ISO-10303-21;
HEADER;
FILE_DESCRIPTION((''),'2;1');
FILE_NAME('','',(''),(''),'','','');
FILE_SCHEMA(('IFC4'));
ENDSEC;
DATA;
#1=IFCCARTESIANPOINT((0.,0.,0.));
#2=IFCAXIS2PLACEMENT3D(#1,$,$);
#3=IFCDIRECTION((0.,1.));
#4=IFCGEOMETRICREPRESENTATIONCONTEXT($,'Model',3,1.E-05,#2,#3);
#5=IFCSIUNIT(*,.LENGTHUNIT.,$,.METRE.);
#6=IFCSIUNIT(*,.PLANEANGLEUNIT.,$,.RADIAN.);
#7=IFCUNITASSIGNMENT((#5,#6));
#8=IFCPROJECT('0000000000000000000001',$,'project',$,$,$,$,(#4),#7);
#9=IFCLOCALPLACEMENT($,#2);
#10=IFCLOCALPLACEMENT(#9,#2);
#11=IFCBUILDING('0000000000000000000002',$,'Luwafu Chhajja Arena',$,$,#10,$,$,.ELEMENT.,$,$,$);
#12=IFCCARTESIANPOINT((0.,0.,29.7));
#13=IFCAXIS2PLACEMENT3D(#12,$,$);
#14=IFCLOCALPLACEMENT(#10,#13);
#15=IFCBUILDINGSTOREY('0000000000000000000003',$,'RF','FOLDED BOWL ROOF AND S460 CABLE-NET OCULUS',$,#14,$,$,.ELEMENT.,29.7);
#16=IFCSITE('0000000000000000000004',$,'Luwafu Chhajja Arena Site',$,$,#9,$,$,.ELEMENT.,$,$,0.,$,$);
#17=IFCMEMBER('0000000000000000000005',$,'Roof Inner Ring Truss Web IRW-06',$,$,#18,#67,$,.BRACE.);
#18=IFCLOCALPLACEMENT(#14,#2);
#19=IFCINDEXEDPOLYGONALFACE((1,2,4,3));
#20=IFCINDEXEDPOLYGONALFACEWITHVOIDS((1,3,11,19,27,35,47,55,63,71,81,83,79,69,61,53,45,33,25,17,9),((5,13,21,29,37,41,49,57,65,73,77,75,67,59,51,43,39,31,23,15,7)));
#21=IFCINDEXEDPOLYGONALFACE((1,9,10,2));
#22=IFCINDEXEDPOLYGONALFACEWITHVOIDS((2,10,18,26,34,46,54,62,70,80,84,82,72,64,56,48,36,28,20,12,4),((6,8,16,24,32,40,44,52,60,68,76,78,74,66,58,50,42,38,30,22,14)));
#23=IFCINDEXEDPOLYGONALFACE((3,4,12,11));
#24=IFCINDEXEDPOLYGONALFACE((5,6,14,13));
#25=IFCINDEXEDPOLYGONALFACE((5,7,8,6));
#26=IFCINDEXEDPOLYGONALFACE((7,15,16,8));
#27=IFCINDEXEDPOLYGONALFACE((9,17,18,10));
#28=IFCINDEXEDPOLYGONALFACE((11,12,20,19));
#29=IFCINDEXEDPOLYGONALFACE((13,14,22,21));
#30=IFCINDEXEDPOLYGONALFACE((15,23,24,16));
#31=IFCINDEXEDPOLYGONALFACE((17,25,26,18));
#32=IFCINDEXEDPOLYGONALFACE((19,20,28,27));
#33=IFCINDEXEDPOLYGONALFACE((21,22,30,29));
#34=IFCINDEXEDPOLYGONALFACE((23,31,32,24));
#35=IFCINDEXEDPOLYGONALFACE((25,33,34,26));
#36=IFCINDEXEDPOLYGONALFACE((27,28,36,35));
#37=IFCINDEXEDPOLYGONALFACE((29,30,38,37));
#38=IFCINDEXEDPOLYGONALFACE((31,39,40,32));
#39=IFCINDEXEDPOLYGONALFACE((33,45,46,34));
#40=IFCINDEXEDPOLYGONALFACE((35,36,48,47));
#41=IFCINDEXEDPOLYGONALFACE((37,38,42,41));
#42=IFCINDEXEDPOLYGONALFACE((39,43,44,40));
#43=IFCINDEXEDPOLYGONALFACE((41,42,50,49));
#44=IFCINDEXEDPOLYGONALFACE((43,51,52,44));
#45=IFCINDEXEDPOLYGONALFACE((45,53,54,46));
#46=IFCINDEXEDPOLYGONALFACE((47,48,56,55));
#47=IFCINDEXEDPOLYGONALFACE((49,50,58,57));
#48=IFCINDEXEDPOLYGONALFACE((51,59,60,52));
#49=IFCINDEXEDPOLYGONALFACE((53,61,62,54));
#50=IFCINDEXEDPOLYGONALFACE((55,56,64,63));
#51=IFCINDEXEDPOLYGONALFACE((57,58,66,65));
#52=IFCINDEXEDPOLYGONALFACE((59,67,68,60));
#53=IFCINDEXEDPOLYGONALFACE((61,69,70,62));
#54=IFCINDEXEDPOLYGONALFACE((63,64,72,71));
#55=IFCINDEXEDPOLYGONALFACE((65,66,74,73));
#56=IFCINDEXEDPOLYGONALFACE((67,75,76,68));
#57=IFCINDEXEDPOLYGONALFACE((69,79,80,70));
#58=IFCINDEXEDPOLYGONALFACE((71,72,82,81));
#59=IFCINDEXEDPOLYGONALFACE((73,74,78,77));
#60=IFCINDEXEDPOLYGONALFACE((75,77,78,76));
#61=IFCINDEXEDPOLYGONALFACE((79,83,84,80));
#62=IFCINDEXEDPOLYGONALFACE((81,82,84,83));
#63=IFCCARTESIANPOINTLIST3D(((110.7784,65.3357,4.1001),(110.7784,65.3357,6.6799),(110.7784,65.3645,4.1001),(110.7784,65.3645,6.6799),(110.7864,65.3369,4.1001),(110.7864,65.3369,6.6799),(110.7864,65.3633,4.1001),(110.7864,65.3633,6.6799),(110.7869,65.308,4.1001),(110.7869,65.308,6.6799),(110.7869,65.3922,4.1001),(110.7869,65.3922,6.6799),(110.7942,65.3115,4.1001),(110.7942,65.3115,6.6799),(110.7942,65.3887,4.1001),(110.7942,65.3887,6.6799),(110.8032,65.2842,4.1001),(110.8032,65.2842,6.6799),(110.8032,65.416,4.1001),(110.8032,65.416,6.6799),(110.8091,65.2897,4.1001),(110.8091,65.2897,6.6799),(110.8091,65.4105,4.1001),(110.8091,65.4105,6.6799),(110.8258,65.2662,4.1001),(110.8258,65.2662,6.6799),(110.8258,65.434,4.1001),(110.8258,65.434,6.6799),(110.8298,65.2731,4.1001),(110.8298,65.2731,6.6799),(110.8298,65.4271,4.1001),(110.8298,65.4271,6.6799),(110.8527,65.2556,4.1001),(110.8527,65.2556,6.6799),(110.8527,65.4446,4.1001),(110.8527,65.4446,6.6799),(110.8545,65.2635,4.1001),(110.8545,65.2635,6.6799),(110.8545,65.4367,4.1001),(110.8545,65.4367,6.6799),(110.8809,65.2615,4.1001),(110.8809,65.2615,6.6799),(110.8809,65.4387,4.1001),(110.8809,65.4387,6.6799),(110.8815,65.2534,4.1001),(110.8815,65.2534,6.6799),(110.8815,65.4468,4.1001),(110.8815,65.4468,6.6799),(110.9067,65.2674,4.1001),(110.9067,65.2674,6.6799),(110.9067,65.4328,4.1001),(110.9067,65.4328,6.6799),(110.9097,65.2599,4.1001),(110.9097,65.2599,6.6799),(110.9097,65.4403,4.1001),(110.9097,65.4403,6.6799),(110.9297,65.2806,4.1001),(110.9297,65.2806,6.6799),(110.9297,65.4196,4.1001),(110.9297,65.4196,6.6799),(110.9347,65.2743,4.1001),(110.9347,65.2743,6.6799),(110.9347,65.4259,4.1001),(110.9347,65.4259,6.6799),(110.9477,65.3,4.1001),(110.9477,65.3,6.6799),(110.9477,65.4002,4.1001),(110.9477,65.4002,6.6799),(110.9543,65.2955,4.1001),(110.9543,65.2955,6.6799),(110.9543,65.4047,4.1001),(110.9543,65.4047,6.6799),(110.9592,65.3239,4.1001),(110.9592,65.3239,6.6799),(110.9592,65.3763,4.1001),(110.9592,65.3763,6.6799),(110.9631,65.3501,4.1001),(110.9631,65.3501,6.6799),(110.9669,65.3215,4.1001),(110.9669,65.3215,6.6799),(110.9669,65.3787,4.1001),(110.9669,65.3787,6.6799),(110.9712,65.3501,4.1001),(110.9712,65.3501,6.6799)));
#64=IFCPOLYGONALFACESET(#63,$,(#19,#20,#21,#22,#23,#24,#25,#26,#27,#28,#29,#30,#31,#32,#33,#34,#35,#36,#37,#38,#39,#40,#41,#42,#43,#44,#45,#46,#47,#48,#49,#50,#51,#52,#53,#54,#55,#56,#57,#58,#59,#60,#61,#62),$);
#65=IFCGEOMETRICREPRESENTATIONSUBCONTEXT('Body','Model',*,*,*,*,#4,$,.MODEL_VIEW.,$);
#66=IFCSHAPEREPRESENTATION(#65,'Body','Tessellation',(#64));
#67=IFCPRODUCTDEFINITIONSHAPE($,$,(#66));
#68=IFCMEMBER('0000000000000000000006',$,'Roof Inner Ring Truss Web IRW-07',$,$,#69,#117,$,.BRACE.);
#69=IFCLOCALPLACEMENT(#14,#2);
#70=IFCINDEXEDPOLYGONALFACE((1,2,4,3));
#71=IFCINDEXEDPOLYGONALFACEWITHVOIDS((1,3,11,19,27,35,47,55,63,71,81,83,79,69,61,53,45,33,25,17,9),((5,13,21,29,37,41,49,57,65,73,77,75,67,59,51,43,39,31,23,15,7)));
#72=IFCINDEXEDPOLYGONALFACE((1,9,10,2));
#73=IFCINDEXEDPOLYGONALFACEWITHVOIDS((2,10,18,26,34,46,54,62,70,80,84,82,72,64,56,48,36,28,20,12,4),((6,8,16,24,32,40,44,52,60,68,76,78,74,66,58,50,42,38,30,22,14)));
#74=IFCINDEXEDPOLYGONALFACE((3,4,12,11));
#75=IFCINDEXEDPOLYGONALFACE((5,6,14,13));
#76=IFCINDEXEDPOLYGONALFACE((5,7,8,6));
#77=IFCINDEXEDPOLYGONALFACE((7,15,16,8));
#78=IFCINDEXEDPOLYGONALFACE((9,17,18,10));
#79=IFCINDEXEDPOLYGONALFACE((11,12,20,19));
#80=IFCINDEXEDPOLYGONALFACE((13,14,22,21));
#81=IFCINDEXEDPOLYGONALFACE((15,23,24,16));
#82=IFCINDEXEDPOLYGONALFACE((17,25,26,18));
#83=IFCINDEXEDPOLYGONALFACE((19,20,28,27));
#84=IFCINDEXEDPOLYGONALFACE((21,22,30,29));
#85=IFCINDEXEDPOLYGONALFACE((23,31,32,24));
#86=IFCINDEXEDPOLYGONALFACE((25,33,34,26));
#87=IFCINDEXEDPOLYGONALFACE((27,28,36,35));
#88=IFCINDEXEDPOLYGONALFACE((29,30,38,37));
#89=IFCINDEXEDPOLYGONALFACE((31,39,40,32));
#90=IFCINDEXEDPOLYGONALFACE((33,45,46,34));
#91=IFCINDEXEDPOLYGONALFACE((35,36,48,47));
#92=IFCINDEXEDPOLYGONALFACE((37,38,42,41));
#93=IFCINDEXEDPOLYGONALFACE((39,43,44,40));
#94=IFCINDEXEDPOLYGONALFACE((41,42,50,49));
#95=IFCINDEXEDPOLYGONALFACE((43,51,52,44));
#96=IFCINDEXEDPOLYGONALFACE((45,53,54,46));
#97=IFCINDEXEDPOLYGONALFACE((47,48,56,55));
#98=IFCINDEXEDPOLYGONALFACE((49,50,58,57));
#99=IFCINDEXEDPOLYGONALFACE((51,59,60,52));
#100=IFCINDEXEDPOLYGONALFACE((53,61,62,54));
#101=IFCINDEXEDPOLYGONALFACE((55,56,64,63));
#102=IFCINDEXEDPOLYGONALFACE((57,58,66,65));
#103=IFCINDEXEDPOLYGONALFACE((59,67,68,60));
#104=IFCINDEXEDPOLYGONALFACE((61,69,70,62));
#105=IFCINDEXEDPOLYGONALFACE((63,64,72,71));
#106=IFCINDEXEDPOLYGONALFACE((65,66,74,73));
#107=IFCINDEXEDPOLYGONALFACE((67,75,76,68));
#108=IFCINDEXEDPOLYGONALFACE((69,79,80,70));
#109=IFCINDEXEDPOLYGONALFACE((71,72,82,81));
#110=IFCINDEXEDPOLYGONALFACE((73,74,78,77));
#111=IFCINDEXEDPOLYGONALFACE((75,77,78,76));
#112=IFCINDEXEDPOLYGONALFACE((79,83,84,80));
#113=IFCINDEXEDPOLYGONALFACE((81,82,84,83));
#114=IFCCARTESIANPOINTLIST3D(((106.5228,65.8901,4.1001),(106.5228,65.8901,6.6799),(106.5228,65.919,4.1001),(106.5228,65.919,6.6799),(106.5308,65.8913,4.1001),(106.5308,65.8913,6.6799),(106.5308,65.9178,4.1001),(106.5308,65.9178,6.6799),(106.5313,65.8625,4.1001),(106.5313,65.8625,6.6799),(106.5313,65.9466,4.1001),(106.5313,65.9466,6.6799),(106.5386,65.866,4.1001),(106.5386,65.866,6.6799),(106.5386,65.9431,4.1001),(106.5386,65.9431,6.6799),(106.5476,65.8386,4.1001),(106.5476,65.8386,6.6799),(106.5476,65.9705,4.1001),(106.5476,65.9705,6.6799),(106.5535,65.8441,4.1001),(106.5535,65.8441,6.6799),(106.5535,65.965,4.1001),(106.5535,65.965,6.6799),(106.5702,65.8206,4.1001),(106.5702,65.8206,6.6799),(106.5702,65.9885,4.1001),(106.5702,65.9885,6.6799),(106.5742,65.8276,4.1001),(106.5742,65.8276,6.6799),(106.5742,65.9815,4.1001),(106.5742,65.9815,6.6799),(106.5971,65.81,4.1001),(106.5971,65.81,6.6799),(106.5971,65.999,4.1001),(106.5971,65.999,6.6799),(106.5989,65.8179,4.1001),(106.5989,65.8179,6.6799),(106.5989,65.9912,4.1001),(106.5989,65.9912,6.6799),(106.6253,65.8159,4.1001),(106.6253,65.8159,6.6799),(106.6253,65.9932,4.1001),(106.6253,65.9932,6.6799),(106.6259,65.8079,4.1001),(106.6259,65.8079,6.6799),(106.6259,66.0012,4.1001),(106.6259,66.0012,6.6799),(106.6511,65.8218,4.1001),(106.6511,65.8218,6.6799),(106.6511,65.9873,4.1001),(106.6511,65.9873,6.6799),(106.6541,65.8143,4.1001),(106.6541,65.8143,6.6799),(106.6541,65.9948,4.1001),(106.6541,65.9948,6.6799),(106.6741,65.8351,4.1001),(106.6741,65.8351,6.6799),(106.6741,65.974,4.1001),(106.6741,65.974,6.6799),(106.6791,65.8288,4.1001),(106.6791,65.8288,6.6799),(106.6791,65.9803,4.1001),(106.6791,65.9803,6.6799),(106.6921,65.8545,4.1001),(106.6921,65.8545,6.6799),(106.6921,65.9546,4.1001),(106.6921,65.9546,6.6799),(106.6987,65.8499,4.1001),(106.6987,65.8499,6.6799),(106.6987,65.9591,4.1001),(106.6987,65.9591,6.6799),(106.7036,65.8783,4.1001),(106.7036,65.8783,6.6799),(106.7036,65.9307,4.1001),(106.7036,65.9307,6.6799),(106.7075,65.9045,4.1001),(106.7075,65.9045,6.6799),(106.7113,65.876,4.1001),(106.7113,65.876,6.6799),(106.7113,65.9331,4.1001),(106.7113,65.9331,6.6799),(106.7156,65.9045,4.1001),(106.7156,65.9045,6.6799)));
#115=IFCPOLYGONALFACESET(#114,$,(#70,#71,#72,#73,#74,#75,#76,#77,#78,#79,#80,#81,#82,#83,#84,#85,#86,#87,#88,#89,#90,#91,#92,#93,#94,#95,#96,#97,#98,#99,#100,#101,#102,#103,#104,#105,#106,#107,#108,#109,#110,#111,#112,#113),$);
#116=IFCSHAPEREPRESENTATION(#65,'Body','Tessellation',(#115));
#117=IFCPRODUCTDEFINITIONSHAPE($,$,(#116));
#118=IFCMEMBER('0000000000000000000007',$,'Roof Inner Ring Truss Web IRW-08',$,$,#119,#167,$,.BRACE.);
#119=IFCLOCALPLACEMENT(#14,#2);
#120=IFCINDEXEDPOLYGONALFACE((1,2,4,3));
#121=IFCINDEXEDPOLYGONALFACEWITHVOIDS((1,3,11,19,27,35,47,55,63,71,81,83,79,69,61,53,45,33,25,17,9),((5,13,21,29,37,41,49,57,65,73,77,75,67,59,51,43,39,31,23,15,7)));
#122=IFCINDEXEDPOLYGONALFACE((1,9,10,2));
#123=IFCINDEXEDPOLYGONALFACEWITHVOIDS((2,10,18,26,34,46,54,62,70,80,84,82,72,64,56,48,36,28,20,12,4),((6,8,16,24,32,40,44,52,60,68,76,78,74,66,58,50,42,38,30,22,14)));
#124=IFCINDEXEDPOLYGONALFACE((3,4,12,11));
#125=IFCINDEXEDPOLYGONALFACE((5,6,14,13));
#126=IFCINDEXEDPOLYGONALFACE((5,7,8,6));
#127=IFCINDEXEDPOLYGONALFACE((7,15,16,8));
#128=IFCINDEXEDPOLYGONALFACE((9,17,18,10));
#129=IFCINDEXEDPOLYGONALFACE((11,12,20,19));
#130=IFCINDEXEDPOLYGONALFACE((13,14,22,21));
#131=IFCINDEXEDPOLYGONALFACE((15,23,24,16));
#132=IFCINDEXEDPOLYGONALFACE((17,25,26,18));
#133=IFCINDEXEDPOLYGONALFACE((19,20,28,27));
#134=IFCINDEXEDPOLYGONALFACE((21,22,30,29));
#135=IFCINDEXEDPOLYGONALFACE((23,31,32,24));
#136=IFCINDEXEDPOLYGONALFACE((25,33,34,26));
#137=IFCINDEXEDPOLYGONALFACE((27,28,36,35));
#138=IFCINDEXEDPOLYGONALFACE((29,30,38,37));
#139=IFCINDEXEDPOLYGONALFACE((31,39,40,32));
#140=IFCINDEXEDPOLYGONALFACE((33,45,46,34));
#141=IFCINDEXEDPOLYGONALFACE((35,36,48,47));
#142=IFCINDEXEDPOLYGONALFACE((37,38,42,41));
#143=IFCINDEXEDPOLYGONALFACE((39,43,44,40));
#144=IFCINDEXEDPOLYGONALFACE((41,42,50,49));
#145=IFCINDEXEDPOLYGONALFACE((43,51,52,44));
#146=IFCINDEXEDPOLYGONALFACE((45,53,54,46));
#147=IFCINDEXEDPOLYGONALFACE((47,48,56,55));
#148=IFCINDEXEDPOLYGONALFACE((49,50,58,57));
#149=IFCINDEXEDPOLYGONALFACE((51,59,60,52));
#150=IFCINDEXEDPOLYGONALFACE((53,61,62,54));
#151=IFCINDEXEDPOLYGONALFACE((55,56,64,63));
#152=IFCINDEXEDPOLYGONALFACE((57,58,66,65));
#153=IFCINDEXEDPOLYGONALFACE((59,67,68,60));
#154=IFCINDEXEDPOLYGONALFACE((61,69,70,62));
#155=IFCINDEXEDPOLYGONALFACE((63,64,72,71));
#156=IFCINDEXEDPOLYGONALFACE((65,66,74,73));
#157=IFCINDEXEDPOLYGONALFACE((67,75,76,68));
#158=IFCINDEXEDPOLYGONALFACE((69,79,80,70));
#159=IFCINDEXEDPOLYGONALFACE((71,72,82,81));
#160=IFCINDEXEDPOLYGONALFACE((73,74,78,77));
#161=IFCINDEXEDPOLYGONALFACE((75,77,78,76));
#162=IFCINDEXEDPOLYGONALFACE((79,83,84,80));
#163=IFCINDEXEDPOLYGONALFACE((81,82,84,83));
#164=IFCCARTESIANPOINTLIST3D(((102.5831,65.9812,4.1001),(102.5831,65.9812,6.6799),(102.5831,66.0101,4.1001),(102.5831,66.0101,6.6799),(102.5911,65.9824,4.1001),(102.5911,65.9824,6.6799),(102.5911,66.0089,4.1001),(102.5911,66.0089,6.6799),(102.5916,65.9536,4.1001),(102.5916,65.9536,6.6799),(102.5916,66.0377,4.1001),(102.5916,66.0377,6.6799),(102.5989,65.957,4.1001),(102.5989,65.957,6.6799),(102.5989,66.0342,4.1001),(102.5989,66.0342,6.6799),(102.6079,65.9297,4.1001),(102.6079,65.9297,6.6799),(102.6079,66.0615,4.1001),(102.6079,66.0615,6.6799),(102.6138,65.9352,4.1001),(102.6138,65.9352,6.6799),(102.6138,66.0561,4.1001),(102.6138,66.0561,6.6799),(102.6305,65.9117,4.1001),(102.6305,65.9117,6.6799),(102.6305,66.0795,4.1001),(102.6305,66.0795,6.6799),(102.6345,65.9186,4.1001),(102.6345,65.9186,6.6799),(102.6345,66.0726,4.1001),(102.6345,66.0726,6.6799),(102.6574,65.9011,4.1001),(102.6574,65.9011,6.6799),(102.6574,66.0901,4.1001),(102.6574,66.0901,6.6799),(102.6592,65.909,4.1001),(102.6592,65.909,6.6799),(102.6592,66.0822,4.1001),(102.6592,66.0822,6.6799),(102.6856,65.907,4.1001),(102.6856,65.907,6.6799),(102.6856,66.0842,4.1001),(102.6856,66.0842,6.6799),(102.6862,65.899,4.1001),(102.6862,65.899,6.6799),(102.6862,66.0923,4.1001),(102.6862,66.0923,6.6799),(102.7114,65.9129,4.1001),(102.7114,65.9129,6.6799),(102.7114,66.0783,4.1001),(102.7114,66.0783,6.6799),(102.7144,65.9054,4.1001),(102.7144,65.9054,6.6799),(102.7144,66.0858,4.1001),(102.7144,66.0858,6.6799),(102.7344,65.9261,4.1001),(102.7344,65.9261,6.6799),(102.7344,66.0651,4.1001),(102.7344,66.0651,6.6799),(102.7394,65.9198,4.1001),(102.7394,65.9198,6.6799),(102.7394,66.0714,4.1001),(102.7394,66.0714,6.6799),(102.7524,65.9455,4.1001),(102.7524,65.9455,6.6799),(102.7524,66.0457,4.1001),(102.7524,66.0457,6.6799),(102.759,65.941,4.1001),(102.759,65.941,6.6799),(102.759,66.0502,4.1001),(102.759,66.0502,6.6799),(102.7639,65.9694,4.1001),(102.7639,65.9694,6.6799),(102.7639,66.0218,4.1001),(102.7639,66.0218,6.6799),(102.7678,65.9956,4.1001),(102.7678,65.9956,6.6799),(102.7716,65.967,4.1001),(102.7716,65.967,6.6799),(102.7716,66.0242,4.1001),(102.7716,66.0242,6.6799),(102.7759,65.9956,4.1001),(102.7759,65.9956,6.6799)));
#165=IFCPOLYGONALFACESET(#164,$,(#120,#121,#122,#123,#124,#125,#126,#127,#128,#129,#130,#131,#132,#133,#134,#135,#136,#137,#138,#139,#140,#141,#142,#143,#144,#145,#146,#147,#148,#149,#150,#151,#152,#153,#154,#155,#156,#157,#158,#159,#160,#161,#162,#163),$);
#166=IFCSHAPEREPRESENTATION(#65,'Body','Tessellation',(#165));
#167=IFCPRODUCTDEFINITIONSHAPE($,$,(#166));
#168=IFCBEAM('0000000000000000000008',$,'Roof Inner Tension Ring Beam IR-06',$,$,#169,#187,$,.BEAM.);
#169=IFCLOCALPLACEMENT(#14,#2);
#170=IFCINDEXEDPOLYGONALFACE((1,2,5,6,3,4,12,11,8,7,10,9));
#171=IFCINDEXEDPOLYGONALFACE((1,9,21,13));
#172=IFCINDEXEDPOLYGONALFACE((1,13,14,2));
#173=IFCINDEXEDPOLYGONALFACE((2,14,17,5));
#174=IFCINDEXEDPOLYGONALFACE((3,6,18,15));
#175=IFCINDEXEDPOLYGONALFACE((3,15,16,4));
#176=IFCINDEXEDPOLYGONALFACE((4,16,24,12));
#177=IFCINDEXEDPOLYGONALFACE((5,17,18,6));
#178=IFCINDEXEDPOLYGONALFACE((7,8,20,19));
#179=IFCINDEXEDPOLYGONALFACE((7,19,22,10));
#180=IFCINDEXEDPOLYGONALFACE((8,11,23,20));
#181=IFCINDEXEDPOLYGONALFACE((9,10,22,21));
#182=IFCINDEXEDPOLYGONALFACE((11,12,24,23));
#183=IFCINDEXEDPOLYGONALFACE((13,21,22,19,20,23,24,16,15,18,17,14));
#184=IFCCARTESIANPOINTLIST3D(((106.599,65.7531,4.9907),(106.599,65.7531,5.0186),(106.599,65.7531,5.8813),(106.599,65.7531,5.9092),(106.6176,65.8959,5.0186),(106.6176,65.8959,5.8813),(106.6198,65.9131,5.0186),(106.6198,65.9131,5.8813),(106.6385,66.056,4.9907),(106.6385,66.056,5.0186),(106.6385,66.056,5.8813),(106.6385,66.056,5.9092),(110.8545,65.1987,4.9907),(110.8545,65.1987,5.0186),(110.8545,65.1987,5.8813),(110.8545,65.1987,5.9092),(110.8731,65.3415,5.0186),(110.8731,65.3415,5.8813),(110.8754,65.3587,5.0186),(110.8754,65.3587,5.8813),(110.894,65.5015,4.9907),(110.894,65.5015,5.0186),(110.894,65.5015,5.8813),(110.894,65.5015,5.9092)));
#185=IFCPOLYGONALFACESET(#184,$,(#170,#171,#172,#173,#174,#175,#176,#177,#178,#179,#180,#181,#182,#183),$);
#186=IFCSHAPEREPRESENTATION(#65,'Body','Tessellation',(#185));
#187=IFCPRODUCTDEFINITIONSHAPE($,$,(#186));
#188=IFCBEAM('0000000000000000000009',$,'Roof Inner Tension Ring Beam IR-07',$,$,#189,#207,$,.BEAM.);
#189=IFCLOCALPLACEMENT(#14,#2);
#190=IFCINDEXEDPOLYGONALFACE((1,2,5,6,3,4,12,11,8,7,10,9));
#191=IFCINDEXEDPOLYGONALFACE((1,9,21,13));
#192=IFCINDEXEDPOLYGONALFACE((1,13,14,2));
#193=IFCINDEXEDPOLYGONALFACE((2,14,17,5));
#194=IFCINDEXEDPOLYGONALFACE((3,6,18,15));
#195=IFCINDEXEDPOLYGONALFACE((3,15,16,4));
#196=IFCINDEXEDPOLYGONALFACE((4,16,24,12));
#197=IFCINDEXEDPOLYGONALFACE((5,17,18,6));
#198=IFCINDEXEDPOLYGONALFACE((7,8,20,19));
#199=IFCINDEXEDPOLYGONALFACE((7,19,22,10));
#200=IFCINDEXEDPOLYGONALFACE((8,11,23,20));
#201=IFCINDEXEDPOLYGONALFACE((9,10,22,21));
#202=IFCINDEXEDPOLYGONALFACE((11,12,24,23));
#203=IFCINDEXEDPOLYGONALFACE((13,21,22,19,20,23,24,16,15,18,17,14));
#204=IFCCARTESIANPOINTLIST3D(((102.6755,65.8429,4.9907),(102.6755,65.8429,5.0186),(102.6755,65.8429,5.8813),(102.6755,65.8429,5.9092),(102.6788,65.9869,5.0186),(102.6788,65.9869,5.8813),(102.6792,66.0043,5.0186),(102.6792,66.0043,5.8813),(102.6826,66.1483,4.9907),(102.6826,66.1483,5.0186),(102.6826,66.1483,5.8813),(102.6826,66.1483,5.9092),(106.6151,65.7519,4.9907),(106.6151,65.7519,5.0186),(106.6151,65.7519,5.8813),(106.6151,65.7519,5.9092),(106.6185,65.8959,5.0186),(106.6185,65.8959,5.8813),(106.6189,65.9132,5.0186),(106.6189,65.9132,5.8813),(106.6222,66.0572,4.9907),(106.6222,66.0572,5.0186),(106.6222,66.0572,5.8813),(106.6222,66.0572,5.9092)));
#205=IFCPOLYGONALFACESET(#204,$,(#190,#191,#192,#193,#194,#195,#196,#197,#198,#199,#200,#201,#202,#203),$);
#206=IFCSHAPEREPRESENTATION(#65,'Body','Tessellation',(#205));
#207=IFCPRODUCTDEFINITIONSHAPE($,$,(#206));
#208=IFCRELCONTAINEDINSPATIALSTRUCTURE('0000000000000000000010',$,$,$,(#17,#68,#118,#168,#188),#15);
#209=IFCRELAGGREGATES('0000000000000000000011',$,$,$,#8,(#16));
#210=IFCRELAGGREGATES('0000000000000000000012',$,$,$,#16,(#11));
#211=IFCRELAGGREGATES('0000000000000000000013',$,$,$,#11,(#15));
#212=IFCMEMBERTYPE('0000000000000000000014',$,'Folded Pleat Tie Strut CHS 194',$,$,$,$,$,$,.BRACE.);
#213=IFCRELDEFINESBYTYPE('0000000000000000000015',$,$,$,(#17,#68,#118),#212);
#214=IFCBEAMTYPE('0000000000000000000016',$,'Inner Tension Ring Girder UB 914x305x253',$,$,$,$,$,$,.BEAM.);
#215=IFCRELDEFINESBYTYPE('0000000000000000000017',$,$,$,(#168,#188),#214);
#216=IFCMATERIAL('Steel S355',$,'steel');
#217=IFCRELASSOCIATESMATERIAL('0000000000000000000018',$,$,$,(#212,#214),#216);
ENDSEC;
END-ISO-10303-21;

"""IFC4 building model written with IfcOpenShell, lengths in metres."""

from ifc_helpers import new_model, si_unit, direction, frame, origin, origin_2d, place, context, subcontext, project, spatial, hollow_circle, i_section, extrude, material, material_profile, profile_set, type_object, element, save


model = new_model("IFC4")

# Units and contexts
model_context = context("Model", 3, precision=1e-05, world=origin(), true_north=direction((0.0, 1.0)))
body_context = subcontext(model_context, "Body", "Model", "MODEL_VIEW")
ifc_project = project(units=[si_unit("LENGTHUNIT", "METRE"), si_unit("PLANEANGLEUNIT", "RADIAN")], contexts=[model_context])

# Site, building, storey
site_placement = place(None, origin())
site = spatial("IfcSite", under=ifc_project, at=site_placement, Name="Luwafu Chhajja Arena Site", CompositionType="ELEMENT", RefElevation=0.0)
building_placement = place(site_placement, origin())
building = spatial("IfcBuilding", under=site, at=building_placement, Name="Luwafu Chhajja Arena", CompositionType="ELEMENT")
storey_placement = place(building_placement, frame((0.0, 0.0, 29.7)))
storey = spatial("IfcBuildingStorey", under=building, at=storey_placement, Name="RF", Description="FOLDED BOWL ROOF AND S460 CABLE-NET OCULUS", CompositionType="ELEMENT", Elevation=29.7)

# Members
ifc_material_1 = material(Name="Steel S355", Category="steel")
ifc_material_profile_1 = material_profile(ifc_material_1, hollow_circle(Radius=0.0969, WallThickness=0.0081, at=origin_2d()), Name="CHS 193.7x8")
ifc_profile_set_1 = profile_set([ifc_material_profile_1], Name="Steel S355")
member_type_1 = type_object("IfcMemberType", Name="Folded Pleat Tie Strut CHS 194", PredefinedType="BRACE", material=ifc_profile_set_1)
for number, where, z_axis, x_axis, name in (
    (1, (110.8743, 65.3501, 4.1001), (0.0, 0.0, 1.0), (1.0, 0.0, 0.0), "Roof Inner Ring Truss Web IRW-06"),
    (2, (106.6187, 65.9045, 4.1001), (0.0, 0.0, 1.0), (1.0, 0.0, 0.0), "Roof Inner Ring Truss Web IRW-07"),
    (3, (102.679, 65.9956, 4.1001), (0.0, 0.0, 1.0), (1.0, 0.0, 0.0), "Roof Inner Ring Truss Web IRW-08"),
):
    element("IfcMember", number, at=place(storey_placement, frame(where, z_axis=z_axis, x_axis=x_axis)), inside=storey, type_object=member_type_1, Name=name, PredefinedType="BRACE", context=body_context, shape_type="SweptSolid", body=[
        extrude(hollow_circle(Radius=0.0969, WallThickness=0.0081, at=origin_2d()), origin(), (0.0, 0.0, 1.0), 2.5798),
    ])

# Beams
ifc_material_profile_2 = material_profile(ifc_material_1, i_section(OverallWidth=0.3054, OverallDepth=0.9185, WebThickness=0.0173, FlangeThickness=0.0278, at=origin_2d()), Name="UB 914x305x253")
ifc_profile_set_2 = profile_set([ifc_material_profile_2], Name="Steel S355")
beam_type = type_object("IfcBeamType", Name="Inner Tension Ring Girder UB 914x305x253", PredefinedType="BEAM", material=ifc_profile_set_2)
beam_1_placement = place(storey_placement, frame((110.8743, 65.3501, 5.45), z_axis=(-0.991619, 0.129193, 0.0), x_axis=(-0.129193, -0.991619, 0.0)))
element("IfcBeam", 4, at=beam_1_placement, inside=storey, type_object=beam_type, Name="Roof Inner Tension Ring Beam IR-06", PredefinedType="BEAM", context=body_context, shape_type="SweptSolid", body=[
    extrude(i_section(OverallWidth=0.3054, OverallDepth=0.9185, WebThickness=0.0173, FlangeThickness=0.0278, at=origin_2d()), origin(), (0.0, 0.0, 1.0), 4.2915),
])
beam_2_placement = place(storey_placement, frame((106.6187, 65.9045, 5.45), z_axis=(-0.999733, 0.023108, 0.0), x_axis=(-0.023108, -0.999733, 0.0)))
element("IfcBeam", 5, at=beam_2_placement, inside=storey, type_object=beam_type, Name="Roof Inner Tension Ring Beam IR-07", PredefinedType="BEAM", context=body_context, shape_type="SweptSolid", body=[
    extrude(i_section(OverallWidth=0.3054, OverallDepth=0.9185, WebThickness=0.0173, FlangeThickness=0.0278, at=origin_2d()), origin(), (0.0, 0.0, 1.0), 3.9407),
])

save(model, "model.ifc")
